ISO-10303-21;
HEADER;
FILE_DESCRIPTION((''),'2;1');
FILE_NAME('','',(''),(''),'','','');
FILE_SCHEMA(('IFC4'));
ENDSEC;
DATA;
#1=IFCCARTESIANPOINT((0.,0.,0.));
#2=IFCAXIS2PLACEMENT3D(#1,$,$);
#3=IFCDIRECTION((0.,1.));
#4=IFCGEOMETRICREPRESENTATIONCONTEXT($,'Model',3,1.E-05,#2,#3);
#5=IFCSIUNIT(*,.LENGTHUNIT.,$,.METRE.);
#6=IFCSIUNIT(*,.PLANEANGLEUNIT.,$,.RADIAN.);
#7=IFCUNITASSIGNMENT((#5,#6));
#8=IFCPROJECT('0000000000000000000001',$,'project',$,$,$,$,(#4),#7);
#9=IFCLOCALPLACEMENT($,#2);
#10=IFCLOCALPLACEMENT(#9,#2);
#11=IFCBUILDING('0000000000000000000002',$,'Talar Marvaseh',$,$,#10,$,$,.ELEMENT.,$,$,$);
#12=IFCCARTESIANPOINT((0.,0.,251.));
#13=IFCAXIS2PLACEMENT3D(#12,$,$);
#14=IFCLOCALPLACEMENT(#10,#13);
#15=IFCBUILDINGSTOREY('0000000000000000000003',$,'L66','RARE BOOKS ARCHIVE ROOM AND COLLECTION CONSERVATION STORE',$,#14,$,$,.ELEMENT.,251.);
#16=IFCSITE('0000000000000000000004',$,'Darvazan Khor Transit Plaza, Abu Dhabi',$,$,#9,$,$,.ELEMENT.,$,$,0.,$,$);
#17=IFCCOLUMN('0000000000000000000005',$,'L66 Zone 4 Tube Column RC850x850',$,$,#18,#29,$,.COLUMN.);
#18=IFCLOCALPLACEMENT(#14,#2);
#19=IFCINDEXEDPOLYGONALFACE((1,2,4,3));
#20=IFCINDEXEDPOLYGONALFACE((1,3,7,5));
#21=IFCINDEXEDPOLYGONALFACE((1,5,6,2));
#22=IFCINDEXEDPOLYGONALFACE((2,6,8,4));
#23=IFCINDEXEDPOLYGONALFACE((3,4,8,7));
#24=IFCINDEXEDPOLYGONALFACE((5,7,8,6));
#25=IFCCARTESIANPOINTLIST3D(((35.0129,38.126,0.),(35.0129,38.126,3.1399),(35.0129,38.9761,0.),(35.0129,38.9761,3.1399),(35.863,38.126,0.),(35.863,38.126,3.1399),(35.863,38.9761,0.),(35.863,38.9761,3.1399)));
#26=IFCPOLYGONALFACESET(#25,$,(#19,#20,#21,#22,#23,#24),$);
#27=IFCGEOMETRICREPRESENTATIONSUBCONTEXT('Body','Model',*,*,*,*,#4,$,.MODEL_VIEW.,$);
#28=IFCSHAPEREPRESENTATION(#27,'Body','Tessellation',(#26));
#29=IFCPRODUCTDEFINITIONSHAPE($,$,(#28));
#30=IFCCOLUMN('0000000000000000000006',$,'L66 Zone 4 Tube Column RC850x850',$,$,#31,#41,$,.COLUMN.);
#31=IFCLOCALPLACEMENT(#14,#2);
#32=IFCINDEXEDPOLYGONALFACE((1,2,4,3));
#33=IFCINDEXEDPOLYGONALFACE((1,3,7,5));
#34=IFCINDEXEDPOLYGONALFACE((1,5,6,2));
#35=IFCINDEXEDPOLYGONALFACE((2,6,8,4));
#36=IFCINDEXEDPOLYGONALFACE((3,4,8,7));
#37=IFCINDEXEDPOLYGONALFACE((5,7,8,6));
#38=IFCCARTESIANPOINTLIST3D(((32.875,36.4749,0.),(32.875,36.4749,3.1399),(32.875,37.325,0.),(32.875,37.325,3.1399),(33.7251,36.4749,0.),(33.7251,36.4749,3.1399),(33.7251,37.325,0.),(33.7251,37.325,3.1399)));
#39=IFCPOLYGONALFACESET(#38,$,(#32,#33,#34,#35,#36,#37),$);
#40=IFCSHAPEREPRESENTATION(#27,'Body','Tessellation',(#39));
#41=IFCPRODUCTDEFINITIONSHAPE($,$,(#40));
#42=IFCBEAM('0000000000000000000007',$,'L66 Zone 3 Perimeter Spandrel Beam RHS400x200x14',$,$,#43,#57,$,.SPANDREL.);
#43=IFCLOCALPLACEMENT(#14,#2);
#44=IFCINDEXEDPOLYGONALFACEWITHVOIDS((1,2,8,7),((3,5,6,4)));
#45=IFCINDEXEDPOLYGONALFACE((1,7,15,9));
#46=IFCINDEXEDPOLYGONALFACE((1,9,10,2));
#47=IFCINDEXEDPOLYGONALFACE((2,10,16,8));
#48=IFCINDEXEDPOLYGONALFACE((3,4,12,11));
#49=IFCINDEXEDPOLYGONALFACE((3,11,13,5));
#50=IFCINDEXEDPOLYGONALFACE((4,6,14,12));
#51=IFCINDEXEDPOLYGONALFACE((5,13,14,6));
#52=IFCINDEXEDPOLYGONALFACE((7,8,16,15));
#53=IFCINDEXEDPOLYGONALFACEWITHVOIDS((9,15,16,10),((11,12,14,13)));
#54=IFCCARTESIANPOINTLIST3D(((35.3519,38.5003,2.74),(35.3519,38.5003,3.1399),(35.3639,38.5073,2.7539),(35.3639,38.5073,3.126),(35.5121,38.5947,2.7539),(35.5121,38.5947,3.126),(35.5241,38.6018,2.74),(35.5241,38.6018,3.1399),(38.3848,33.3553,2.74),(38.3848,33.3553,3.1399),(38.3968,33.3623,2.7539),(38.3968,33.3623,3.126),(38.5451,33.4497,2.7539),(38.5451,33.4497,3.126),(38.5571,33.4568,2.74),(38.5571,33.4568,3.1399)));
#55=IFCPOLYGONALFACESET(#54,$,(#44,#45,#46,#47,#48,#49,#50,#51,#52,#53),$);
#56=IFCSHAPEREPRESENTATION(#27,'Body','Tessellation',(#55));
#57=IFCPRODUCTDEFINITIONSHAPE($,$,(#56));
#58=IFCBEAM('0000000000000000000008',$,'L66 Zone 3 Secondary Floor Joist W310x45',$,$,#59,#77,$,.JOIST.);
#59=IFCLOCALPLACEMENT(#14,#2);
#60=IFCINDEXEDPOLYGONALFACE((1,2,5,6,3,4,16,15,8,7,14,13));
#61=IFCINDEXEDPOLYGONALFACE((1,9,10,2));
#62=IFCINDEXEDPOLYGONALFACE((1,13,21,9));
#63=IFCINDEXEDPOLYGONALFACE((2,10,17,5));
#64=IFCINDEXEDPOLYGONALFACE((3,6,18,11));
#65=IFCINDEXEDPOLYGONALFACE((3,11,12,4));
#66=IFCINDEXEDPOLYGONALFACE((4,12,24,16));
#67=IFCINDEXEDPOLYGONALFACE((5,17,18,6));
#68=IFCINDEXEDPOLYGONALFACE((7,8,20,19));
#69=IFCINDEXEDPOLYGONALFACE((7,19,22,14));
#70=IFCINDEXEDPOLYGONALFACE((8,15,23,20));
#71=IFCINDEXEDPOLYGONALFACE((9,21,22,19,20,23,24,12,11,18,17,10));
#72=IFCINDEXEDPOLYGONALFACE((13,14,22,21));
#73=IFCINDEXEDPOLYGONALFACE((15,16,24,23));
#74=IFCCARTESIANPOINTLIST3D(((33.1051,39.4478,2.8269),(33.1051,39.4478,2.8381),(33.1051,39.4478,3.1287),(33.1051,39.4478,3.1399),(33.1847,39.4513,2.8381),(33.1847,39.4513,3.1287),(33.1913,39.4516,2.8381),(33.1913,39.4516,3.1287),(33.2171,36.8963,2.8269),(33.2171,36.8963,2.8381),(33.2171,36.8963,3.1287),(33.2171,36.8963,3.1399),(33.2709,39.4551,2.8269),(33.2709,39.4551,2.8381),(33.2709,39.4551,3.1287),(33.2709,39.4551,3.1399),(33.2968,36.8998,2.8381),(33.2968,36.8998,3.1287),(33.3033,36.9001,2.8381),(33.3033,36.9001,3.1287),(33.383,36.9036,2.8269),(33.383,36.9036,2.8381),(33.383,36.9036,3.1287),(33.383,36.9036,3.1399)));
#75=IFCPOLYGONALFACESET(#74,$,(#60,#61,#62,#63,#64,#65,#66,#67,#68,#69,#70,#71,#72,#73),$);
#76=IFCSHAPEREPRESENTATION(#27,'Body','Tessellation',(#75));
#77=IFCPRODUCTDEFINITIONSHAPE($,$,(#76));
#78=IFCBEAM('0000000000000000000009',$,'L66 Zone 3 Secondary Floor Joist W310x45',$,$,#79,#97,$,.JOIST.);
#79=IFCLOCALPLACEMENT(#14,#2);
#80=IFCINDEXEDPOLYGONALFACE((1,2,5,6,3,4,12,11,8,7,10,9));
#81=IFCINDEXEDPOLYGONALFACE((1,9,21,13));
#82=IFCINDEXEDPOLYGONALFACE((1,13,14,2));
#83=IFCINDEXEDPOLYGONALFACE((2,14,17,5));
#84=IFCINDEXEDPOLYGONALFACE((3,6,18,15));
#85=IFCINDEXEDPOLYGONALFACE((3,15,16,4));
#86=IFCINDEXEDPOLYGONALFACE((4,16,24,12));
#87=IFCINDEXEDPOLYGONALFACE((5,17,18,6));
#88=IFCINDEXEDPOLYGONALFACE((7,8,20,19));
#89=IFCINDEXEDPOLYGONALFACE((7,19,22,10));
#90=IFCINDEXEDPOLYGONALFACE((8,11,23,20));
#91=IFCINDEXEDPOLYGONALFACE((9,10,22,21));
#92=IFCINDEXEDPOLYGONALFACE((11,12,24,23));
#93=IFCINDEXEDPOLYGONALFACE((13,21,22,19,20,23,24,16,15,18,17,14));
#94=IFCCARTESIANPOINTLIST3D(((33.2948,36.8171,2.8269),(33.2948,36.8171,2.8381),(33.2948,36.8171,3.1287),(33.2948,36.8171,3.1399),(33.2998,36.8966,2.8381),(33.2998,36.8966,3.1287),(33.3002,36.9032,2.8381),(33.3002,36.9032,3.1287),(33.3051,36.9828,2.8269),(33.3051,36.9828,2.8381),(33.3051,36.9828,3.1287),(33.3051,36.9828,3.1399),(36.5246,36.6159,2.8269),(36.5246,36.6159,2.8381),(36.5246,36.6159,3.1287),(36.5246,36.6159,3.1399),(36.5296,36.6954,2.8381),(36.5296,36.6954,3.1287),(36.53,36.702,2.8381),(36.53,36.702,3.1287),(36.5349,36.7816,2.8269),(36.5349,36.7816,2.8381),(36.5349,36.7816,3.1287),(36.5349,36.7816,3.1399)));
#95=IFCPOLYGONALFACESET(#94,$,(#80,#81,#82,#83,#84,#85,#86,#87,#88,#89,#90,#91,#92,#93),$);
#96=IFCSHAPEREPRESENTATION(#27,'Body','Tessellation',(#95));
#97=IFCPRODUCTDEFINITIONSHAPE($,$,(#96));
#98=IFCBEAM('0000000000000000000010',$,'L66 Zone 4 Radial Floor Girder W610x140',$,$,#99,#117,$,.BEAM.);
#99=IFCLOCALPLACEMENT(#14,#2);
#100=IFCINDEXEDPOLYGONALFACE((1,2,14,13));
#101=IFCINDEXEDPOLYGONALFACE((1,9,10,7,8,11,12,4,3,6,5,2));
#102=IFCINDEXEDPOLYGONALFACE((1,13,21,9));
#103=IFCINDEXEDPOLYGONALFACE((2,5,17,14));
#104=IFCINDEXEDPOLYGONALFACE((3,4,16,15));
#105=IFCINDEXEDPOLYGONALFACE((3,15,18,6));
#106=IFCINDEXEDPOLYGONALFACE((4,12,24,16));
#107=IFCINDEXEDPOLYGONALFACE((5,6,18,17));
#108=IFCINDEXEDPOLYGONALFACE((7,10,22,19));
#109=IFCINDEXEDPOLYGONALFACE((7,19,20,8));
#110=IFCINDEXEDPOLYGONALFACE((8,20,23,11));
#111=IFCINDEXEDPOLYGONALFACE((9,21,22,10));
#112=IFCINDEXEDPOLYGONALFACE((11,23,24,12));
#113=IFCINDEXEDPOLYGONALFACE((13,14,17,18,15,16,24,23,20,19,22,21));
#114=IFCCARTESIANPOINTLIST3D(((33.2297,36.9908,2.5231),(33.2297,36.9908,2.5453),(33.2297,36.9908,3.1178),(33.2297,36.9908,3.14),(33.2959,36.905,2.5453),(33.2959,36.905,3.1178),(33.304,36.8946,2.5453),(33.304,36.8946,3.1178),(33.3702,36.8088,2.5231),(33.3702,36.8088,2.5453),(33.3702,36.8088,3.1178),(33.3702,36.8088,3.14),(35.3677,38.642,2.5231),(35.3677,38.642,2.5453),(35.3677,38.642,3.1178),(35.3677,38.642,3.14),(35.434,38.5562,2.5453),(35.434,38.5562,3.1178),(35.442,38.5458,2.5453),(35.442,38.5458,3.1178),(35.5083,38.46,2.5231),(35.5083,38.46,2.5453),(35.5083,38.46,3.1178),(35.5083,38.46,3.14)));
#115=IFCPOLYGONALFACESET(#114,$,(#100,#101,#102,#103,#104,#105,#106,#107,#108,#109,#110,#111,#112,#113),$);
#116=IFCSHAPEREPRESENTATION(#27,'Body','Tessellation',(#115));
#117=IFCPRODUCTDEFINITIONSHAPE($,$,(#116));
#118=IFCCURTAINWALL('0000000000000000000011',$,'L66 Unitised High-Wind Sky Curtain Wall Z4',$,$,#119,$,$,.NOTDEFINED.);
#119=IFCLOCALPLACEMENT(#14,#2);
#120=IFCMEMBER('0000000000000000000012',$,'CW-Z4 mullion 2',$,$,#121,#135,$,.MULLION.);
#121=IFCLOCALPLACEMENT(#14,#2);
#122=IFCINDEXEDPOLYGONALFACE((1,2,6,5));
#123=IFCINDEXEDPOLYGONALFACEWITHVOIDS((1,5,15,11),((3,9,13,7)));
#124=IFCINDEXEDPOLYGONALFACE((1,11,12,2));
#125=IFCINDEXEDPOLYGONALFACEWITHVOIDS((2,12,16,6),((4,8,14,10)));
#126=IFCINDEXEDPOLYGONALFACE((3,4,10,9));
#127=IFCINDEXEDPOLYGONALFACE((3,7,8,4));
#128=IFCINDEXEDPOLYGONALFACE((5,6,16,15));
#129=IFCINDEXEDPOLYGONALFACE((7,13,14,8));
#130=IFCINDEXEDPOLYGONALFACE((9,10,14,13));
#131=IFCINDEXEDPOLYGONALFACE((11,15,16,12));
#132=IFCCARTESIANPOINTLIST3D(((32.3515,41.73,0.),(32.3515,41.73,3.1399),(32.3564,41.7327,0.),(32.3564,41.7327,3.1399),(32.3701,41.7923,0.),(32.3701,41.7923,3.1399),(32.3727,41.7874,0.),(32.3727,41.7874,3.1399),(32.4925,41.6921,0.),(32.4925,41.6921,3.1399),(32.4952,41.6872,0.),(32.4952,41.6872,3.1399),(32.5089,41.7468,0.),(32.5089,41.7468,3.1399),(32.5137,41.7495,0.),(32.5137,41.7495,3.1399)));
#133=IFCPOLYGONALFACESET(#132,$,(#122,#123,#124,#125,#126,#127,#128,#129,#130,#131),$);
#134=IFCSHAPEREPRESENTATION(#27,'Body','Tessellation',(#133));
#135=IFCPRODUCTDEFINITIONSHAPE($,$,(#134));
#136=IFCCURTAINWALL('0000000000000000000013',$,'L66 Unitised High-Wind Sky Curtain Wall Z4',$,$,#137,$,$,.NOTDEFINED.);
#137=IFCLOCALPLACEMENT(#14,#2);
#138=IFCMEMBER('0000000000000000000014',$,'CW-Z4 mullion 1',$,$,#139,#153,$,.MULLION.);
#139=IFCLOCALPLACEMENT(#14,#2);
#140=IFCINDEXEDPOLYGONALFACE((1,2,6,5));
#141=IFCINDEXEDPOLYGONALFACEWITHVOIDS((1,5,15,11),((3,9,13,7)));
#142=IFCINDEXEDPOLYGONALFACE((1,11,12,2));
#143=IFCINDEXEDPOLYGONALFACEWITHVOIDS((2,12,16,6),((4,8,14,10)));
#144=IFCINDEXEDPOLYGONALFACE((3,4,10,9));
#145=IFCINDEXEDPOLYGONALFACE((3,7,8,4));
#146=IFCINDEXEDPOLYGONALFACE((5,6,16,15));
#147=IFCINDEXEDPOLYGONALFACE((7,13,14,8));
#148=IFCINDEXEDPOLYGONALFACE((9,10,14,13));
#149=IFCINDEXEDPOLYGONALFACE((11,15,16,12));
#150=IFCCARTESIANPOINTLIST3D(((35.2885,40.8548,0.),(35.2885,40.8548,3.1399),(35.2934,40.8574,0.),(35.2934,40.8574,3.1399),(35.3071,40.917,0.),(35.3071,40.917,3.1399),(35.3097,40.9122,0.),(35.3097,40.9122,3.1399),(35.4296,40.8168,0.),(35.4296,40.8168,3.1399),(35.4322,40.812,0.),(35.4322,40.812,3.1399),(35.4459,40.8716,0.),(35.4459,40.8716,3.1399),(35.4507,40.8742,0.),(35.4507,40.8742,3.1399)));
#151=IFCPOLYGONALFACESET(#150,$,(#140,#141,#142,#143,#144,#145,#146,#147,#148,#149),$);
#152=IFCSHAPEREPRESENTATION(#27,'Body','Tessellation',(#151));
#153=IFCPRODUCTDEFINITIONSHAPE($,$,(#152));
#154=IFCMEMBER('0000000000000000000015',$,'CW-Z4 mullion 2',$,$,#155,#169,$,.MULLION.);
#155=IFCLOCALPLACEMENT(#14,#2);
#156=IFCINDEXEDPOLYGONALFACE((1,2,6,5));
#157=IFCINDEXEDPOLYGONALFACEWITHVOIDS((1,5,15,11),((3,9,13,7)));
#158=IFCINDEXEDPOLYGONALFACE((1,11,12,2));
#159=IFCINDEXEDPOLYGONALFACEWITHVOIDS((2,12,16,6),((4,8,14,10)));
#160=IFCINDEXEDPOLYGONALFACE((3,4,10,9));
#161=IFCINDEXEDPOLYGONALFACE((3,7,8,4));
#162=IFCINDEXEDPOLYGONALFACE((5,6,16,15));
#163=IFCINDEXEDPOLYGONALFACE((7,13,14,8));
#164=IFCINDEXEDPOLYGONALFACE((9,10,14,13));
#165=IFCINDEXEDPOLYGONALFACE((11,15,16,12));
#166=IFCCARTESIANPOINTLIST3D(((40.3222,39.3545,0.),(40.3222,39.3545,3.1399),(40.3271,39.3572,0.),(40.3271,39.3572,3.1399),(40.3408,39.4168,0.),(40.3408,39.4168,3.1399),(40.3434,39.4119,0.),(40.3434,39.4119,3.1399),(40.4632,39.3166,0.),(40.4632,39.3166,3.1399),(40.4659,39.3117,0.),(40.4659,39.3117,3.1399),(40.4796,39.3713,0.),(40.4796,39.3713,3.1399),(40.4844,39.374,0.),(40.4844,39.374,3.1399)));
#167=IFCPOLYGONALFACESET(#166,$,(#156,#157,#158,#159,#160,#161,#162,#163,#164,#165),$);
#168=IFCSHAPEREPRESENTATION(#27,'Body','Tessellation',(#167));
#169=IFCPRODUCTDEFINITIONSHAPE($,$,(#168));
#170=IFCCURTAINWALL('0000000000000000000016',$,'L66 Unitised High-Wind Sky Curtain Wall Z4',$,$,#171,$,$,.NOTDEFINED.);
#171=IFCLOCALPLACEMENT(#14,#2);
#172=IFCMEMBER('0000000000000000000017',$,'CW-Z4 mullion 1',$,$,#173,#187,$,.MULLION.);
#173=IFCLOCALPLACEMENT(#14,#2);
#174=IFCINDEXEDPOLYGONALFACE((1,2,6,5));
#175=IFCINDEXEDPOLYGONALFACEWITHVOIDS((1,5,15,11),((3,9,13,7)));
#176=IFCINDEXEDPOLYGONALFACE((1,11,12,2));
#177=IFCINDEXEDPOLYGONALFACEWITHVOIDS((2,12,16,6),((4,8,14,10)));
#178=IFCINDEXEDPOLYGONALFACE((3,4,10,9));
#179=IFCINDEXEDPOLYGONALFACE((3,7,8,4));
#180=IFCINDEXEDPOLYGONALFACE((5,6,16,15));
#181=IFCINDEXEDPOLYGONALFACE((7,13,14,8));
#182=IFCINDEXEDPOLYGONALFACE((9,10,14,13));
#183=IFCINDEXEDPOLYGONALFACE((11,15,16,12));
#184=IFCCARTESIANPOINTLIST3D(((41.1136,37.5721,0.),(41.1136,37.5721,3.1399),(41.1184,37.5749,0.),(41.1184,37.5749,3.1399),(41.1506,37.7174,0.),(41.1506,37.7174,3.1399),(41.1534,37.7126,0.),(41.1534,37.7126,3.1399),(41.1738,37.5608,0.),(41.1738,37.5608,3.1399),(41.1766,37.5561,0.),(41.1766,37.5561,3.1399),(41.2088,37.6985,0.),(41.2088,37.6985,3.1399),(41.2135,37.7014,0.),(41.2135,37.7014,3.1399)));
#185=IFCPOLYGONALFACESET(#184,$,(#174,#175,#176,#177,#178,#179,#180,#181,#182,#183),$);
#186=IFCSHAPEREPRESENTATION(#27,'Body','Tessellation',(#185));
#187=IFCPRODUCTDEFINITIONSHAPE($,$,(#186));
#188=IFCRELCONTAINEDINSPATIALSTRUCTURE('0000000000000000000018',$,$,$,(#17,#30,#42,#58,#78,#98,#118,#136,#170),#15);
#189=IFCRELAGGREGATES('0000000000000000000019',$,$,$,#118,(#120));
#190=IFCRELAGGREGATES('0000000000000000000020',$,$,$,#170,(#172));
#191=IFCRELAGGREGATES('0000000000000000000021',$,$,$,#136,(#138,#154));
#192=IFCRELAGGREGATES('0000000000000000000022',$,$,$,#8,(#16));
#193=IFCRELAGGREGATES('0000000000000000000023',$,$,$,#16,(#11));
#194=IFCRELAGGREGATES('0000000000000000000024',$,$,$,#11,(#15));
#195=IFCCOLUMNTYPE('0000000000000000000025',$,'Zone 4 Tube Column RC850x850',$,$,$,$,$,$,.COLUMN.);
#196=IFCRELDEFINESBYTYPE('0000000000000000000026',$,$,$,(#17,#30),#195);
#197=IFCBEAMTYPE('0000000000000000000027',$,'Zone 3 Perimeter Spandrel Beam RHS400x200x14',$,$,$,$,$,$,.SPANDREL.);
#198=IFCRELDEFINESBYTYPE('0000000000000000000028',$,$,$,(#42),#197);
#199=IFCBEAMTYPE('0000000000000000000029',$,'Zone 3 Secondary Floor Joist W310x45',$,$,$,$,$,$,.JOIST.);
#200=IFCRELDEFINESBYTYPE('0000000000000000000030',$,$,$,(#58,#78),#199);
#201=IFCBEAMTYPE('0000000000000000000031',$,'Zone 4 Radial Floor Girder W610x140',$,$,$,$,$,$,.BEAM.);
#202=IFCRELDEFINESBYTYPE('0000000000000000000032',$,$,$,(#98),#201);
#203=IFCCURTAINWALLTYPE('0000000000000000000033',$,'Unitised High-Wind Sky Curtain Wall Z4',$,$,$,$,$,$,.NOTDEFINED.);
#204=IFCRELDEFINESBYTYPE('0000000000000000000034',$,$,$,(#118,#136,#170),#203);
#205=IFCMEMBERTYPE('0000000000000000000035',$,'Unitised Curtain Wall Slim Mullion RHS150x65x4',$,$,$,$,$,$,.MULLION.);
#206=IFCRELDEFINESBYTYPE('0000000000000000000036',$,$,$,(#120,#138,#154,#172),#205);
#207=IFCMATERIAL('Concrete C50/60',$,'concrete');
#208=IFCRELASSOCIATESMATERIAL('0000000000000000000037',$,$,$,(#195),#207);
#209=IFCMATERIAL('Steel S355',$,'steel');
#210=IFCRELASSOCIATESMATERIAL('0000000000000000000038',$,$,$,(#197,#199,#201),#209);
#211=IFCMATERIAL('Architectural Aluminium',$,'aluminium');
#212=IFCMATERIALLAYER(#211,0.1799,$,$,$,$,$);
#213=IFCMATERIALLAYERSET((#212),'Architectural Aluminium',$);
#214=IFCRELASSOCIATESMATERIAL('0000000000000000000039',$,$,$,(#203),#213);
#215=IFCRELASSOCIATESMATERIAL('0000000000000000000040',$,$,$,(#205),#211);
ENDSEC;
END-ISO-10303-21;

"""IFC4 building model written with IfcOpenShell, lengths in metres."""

from ifc_helpers import new_model, si_unit, direction, frame, origin, origin_2d, place, context, subcontext, project, spatial, rectangle, hollow_rectangle, i_section, extrude, source, transform, mapped, material, layer, layer_set, material_profile, profile_set, type_object, type_shapes, element, aggregate, save


model = new_model("IFC4")

# Units and contexts
model_context = context("Model", 3, precision=1e-05, world=origin(), true_north=direction((0.0, 1.0)))
body_context = subcontext(model_context, "Body", "Model", "MODEL_VIEW")
ifc_project = project(units=[si_unit("LENGTHUNIT", "METRE"), si_unit("PLANEANGLEUNIT", "RADIAN")], contexts=[model_context])

# Site, building, storey
site_placement = place(None, origin())
site = spatial("IfcSite", under=ifc_project, at=site_placement, Name="Darvazan Khor Transit Plaza, Abu Dhabi", CompositionType="ELEMENT", RefElevation=0.0)
building_placement = place(site_placement, origin())
building = spatial("IfcBuilding", under=site, at=building_placement, Name="Talar Marvaseh", CompositionType="ELEMENT")
storey_placement = place(building_placement, frame((0.0, 0.0, 251.0)))
storey = spatial("IfcBuildingStorey", under=building, at=storey_placement, Name="L66", Description="RARE BOOKS ARCHIVE ROOM AND COLLECTION CONSERVATION STORE", CompositionType="ELEMENT", Elevation=251.0)

# Columns
ifc_material_1 = material(Name="Concrete C50/60", Category="concrete")
ifc_material_profile_1 = material_profile(ifc_material_1, rectangle(XDim=0.8501, YDim=0.8501, at=origin_2d()), Name="RC850x850")
ifc_profile_set_1 = profile_set([ifc_material_profile_1], Name="Concrete C50/60")
column_type = type_object("IfcColumnType", Name="Zone 4 Tube Column RC850x850", PredefinedType="COLUMN", material=ifc_profile_set_1)
for number, where, z_axis, x_axis, name in (
    (1, (35.438, 38.551, 0.0), (0.0, 0.0, 1.0), (1.0, 0.0, 0.0), "L66 Zone 4 Tube Column RC850x850"),
    (2, (33.3, 36.8999, 0.0), (0.0, 0.0, 1.0), (1.0, 0.0, 0.0), "L66 Zone 4 Tube Column RC850x850"),
):
    element("IfcColumn", number, at=place(storey_placement, frame(where, z_axis=z_axis, x_axis=x_axis)), inside=storey, type_object=column_type, Name=name, PredefinedType="COLUMN", context=body_context, shape_type="SweptSolid", body=[
        extrude(rectangle(XDim=0.8501, YDim=0.8501, at=origin_2d()), origin(), (0.0, 0.0, 1.0), 3.1399),
    ])

# Beams
ifc_material_2 = material(Name="Steel S355", Category="steel")
ifc_material_profile_2 = material_profile(ifc_material_2, hollow_rectangle(XDim=0.2, YDim=0.3999, WallThickness=0.0139, at=origin_2d()), Name="RHS400x200x14")
ifc_profile_set_2 = profile_set([ifc_material_profile_2], Name="Steel S355")
beam_type_1 = type_object("IfcBeamType", Name="Zone 3 Perimeter Spandrel Beam RHS400x200x14", PredefinedType="SPANDREL", material=ifc_profile_set_2)
beam_1_placement = place(storey_placement, frame((35.438, 38.551, 2.9399), z_axis=(0.507826, -0.86146, 0.0), x_axis=(0.86146, 0.507826, 0.0)))
element("IfcBeam", 3, at=beam_1_placement, inside=storey, type_object=beam_type_1, Name="L66 Zone 3 Perimeter Spandrel Beam RHS400x200x14", PredefinedType="SPANDREL", context=body_context, shape_type="SweptSolid", body=[
    extrude(hollow_rectangle(XDim=0.2, YDim=0.3999, WallThickness=0.0139, at=origin_2d()), origin(), (0.0, 0.0, 1.0), 5.9724),
])
ifc_material_profile_3 = material_profile(ifc_material_2, i_section(OverallWidth=0.166, OverallDepth=0.313, WebThickness=0.0066, FlangeThickness=0.0112, at=origin_2d()), Name="W310x45")
ifc_profile_set_3 = profile_set([ifc_material_profile_3], Name="Steel S355")
beam_type_2 = type_object("IfcBeamType", Name="Zone 3 Secondary Floor Joist W310x45", PredefinedType="JOIST", material=ifc_profile_set_3)
beam_2_placement = place(storey_placement, frame((33.188, 39.4514, 2.9834), z_axis=(0.043877, -0.999037, 0.0), x_axis=(0.999037, 0.043877, 0.0)))
element("IfcBeam", 4, at=beam_2_placement, inside=storey, type_object=beam_type_2, Name="L66 Zone 3 Secondary Floor Joist W310x45", PredefinedType="JOIST", context=body_context, shape_type="SweptSolid", body=[
    extrude(i_section(OverallWidth=0.166, OverallDepth=0.313, WebThickness=0.0066, FlangeThickness=0.0112, at=origin_2d()), origin(), (0.0, 0.0, 1.0), 2.554),
])
beam_3_placement = place(storey_placement, frame((36.5298, 36.6987, 2.9834), z_axis=(-0.998066, 0.062167, 0.0), x_axis=(-0.062167, -0.998066, 0.0)))
element("IfcBeam", 5, at=beam_3_placement, inside=storey, type_object=beam_type_2, Name="L66 Zone 3 Secondary Floor Joist W310x45", PredefinedType="JOIST", context=body_context, shape_type="SweptSolid", body=[
    extrude(i_section(OverallWidth=0.166, OverallDepth=0.313, WebThickness=0.0066, FlangeThickness=0.0112, at=origin_2d()), origin(), (0.0, 0.0, 1.0), 3.2361),
])
ifc_material_profile_4 = material_profile(ifc_material_2, i_section(OverallWidth=0.23, OverallDepth=0.6169, WebThickness=0.0132, FlangeThickness=0.0222, at=origin_2d()), Name="W610x140")
ifc_profile_set_4 = profile_set([ifc_material_profile_4], Name="Steel S355")
beam_type_3 = type_object("IfcBeamType", Name="Zone 4 Radial Floor Girder W610x140", PredefinedType="BEAM", material=ifc_profile_set_4)
beam_4_placement = place(storey_placement, frame((35.438, 38.551, 2.8315), z_axis=(-0.79145, -0.611234, 0.0), x_axis=(0.611234, -0.79145, 0.0)))
element("IfcBeam", 6, at=beam_4_placement, inside=storey, type_object=beam_type_3, Name="L66 Zone 4 Radial Floor Girder W610x140", PredefinedType="BEAM", context=body_context, shape_type="SweptSolid", body=[
    extrude(i_section(OverallWidth=0.23, OverallDepth=0.6169, WebThickness=0.0132, FlangeThickness=0.0222, at=origin_2d()), origin(), (0.0, 0.0, 1.0), 2.7014),
])

# Curtain wall, member
ifc_material_3 = material(Name="Architectural Aluminium", Category="aluminium")
ifc_layer_1 = layer(ifc_material_3, 0.1799)
ifc_layer_set_1 = layer_set([ifc_layer_1], Name="Architectural Aluminium")
curtain_wall_type = type_object("IfcCurtainWallType", Name="Unitised High-Wind Sky Curtain Wall Z4", PredefinedType="NOTDEFINED", material=ifc_layer_set_1)
curtain_wall_1_placement = place(storey_placement, origin())
curtain_wall_1 = element("IfcCurtainWall", 7, at=curtain_wall_1_placement, inside=storey, type_object=curtain_wall_type, Name="L66 Unitised High-Wind Sky Curtain Wall Z4", PredefinedType="NOTDEFINED")
ifc_material_profile_5 = material_profile(ifc_material_3, hollow_rectangle(XDim=0.0649, YDim=0.1499, WallThickness=0.0039, at=origin_2d()), Name="RHS150x65x4")
ifc_profile_set_5 = profile_set([ifc_material_profile_5], Name="Architectural Aluminium")
member_type_1 = type_object("IfcMemberType", Name="Unitised Curtain Wall Slim Mullion RHS150x65x4", PredefinedType="MULLION", material=ifc_profile_set_5)
shared_shape_1 = source(origin(), body_context, "Body", "SweptSolid", [
    extrude(hollow_rectangle(XDim=0.0649, YDim=0.1499, WallThickness=0.0039, at=origin_2d()), origin(), (0.0, 0.0, 1.0), 3.1399),
])
type_shapes(member_type_1, [shared_shape_1])
member_1_placement = place(storey_placement, frame((32.4326, 41.7397, 0.0), z_axis=(0.0, 0.0, 1.0), x_axis=(0.285622, 0.958342, 0.0)))
member_1 = element("IfcMember", 8, at=member_1_placement, type_object=member_type_1, Name="CW-Z4 mullion 2", PredefinedType="MULLION", context=body_context, shape_type="MappedRepresentation", body=[
    mapped(shared_shape_1, transform((0.0, 0.0, 0.0), x_axis=(1.0, 0.0, 0.0), y_axis=(0.0, 1.0, 0.0), z_axis=(0.0, 0.0, 1.0), scale=1.0)),
])
aggregate(curtain_wall_1, [member_1])

# Curtain wall, members
curtain_wall_2_placement = place(storey_placement, origin())
curtain_wall_2 = element("IfcCurtainWall", 9, at=curtain_wall_2_placement, inside=storey, type_object=curtain_wall_type, Name="L66 Unitised High-Wind Sky Curtain Wall Z4", PredefinedType="NOTDEFINED")
member_2_placement = place(storey_placement, frame((35.3696, 40.8645, 0.0), z_axis=(0.0, 0.0, 1.0), x_axis=(0.285622, 0.958342, 0.0)))
member_2 = element("IfcMember", 10, at=member_2_placement, type_object=member_type_1, Name="CW-Z4 mullion 1", PredefinedType="MULLION", context=body_context, shape_type="MappedRepresentation", body=[
    mapped(shared_shape_1, transform((0.0, 0.0, 0.0), x_axis=(1.0, 0.0, 0.0), y_axis=(0.0, 1.0, 0.0), z_axis=(0.0, 0.0, 1.0), scale=1.0)),
])
member_3_placement = place(storey_placement, frame((40.4033, 39.3643, 0.0), z_axis=(0.0, 0.0, 1.0), x_axis=(0.285622, 0.958342, 0.0)))
member_3 = element("IfcMember", 11, at=member_3_placement, type_object=member_type_1, Name="CW-Z4 mullion 2", PredefinedType="MULLION", context=body_context, shape_type="MappedRepresentation", body=[
    mapped(shared_shape_1, transform((0.0, 0.0, 0.0), x_axis=(1.0, 0.0, 0.0), y_axis=(0.0, 1.0, 0.0), z_axis=(0.0, 0.0, 1.0), scale=1.0)),
])

# Curtain wall, member
curtain_wall_3_placement = place(storey_placement, origin())
curtain_wall_3 = element("IfcCurtainWall", 12, at=curtain_wall_3_placement, inside=storey, type_object=curtain_wall_type, Name="L66 Unitised High-Wind Sky Curtain Wall Z4", PredefinedType="NOTDEFINED")
member_4_placement = place(storey_placement, frame((41.1636, 37.6367, 0.0), z_axis=(0.0, 0.0, 1.0), x_axis=(0.969194, -0.246299, 0.0)))
member_4 = element("IfcMember", 13, at=member_4_placement, type_object=member_type_1, Name="CW-Z4 mullion 1", PredefinedType="MULLION", context=body_context, shape_type="MappedRepresentation", body=[
    mapped(shared_shape_1, transform((0.0, 0.0, 0.0), x_axis=(1.0, 0.0, 0.0), y_axis=(0.0, 1.0, 0.0), z_axis=(0.0, 0.0, 1.0), scale=1.0)),
])

aggregate(curtain_wall_3, [member_4])

aggregate(curtain_wall_2, [member_2, member_3])

save(model, "model.ifc")
